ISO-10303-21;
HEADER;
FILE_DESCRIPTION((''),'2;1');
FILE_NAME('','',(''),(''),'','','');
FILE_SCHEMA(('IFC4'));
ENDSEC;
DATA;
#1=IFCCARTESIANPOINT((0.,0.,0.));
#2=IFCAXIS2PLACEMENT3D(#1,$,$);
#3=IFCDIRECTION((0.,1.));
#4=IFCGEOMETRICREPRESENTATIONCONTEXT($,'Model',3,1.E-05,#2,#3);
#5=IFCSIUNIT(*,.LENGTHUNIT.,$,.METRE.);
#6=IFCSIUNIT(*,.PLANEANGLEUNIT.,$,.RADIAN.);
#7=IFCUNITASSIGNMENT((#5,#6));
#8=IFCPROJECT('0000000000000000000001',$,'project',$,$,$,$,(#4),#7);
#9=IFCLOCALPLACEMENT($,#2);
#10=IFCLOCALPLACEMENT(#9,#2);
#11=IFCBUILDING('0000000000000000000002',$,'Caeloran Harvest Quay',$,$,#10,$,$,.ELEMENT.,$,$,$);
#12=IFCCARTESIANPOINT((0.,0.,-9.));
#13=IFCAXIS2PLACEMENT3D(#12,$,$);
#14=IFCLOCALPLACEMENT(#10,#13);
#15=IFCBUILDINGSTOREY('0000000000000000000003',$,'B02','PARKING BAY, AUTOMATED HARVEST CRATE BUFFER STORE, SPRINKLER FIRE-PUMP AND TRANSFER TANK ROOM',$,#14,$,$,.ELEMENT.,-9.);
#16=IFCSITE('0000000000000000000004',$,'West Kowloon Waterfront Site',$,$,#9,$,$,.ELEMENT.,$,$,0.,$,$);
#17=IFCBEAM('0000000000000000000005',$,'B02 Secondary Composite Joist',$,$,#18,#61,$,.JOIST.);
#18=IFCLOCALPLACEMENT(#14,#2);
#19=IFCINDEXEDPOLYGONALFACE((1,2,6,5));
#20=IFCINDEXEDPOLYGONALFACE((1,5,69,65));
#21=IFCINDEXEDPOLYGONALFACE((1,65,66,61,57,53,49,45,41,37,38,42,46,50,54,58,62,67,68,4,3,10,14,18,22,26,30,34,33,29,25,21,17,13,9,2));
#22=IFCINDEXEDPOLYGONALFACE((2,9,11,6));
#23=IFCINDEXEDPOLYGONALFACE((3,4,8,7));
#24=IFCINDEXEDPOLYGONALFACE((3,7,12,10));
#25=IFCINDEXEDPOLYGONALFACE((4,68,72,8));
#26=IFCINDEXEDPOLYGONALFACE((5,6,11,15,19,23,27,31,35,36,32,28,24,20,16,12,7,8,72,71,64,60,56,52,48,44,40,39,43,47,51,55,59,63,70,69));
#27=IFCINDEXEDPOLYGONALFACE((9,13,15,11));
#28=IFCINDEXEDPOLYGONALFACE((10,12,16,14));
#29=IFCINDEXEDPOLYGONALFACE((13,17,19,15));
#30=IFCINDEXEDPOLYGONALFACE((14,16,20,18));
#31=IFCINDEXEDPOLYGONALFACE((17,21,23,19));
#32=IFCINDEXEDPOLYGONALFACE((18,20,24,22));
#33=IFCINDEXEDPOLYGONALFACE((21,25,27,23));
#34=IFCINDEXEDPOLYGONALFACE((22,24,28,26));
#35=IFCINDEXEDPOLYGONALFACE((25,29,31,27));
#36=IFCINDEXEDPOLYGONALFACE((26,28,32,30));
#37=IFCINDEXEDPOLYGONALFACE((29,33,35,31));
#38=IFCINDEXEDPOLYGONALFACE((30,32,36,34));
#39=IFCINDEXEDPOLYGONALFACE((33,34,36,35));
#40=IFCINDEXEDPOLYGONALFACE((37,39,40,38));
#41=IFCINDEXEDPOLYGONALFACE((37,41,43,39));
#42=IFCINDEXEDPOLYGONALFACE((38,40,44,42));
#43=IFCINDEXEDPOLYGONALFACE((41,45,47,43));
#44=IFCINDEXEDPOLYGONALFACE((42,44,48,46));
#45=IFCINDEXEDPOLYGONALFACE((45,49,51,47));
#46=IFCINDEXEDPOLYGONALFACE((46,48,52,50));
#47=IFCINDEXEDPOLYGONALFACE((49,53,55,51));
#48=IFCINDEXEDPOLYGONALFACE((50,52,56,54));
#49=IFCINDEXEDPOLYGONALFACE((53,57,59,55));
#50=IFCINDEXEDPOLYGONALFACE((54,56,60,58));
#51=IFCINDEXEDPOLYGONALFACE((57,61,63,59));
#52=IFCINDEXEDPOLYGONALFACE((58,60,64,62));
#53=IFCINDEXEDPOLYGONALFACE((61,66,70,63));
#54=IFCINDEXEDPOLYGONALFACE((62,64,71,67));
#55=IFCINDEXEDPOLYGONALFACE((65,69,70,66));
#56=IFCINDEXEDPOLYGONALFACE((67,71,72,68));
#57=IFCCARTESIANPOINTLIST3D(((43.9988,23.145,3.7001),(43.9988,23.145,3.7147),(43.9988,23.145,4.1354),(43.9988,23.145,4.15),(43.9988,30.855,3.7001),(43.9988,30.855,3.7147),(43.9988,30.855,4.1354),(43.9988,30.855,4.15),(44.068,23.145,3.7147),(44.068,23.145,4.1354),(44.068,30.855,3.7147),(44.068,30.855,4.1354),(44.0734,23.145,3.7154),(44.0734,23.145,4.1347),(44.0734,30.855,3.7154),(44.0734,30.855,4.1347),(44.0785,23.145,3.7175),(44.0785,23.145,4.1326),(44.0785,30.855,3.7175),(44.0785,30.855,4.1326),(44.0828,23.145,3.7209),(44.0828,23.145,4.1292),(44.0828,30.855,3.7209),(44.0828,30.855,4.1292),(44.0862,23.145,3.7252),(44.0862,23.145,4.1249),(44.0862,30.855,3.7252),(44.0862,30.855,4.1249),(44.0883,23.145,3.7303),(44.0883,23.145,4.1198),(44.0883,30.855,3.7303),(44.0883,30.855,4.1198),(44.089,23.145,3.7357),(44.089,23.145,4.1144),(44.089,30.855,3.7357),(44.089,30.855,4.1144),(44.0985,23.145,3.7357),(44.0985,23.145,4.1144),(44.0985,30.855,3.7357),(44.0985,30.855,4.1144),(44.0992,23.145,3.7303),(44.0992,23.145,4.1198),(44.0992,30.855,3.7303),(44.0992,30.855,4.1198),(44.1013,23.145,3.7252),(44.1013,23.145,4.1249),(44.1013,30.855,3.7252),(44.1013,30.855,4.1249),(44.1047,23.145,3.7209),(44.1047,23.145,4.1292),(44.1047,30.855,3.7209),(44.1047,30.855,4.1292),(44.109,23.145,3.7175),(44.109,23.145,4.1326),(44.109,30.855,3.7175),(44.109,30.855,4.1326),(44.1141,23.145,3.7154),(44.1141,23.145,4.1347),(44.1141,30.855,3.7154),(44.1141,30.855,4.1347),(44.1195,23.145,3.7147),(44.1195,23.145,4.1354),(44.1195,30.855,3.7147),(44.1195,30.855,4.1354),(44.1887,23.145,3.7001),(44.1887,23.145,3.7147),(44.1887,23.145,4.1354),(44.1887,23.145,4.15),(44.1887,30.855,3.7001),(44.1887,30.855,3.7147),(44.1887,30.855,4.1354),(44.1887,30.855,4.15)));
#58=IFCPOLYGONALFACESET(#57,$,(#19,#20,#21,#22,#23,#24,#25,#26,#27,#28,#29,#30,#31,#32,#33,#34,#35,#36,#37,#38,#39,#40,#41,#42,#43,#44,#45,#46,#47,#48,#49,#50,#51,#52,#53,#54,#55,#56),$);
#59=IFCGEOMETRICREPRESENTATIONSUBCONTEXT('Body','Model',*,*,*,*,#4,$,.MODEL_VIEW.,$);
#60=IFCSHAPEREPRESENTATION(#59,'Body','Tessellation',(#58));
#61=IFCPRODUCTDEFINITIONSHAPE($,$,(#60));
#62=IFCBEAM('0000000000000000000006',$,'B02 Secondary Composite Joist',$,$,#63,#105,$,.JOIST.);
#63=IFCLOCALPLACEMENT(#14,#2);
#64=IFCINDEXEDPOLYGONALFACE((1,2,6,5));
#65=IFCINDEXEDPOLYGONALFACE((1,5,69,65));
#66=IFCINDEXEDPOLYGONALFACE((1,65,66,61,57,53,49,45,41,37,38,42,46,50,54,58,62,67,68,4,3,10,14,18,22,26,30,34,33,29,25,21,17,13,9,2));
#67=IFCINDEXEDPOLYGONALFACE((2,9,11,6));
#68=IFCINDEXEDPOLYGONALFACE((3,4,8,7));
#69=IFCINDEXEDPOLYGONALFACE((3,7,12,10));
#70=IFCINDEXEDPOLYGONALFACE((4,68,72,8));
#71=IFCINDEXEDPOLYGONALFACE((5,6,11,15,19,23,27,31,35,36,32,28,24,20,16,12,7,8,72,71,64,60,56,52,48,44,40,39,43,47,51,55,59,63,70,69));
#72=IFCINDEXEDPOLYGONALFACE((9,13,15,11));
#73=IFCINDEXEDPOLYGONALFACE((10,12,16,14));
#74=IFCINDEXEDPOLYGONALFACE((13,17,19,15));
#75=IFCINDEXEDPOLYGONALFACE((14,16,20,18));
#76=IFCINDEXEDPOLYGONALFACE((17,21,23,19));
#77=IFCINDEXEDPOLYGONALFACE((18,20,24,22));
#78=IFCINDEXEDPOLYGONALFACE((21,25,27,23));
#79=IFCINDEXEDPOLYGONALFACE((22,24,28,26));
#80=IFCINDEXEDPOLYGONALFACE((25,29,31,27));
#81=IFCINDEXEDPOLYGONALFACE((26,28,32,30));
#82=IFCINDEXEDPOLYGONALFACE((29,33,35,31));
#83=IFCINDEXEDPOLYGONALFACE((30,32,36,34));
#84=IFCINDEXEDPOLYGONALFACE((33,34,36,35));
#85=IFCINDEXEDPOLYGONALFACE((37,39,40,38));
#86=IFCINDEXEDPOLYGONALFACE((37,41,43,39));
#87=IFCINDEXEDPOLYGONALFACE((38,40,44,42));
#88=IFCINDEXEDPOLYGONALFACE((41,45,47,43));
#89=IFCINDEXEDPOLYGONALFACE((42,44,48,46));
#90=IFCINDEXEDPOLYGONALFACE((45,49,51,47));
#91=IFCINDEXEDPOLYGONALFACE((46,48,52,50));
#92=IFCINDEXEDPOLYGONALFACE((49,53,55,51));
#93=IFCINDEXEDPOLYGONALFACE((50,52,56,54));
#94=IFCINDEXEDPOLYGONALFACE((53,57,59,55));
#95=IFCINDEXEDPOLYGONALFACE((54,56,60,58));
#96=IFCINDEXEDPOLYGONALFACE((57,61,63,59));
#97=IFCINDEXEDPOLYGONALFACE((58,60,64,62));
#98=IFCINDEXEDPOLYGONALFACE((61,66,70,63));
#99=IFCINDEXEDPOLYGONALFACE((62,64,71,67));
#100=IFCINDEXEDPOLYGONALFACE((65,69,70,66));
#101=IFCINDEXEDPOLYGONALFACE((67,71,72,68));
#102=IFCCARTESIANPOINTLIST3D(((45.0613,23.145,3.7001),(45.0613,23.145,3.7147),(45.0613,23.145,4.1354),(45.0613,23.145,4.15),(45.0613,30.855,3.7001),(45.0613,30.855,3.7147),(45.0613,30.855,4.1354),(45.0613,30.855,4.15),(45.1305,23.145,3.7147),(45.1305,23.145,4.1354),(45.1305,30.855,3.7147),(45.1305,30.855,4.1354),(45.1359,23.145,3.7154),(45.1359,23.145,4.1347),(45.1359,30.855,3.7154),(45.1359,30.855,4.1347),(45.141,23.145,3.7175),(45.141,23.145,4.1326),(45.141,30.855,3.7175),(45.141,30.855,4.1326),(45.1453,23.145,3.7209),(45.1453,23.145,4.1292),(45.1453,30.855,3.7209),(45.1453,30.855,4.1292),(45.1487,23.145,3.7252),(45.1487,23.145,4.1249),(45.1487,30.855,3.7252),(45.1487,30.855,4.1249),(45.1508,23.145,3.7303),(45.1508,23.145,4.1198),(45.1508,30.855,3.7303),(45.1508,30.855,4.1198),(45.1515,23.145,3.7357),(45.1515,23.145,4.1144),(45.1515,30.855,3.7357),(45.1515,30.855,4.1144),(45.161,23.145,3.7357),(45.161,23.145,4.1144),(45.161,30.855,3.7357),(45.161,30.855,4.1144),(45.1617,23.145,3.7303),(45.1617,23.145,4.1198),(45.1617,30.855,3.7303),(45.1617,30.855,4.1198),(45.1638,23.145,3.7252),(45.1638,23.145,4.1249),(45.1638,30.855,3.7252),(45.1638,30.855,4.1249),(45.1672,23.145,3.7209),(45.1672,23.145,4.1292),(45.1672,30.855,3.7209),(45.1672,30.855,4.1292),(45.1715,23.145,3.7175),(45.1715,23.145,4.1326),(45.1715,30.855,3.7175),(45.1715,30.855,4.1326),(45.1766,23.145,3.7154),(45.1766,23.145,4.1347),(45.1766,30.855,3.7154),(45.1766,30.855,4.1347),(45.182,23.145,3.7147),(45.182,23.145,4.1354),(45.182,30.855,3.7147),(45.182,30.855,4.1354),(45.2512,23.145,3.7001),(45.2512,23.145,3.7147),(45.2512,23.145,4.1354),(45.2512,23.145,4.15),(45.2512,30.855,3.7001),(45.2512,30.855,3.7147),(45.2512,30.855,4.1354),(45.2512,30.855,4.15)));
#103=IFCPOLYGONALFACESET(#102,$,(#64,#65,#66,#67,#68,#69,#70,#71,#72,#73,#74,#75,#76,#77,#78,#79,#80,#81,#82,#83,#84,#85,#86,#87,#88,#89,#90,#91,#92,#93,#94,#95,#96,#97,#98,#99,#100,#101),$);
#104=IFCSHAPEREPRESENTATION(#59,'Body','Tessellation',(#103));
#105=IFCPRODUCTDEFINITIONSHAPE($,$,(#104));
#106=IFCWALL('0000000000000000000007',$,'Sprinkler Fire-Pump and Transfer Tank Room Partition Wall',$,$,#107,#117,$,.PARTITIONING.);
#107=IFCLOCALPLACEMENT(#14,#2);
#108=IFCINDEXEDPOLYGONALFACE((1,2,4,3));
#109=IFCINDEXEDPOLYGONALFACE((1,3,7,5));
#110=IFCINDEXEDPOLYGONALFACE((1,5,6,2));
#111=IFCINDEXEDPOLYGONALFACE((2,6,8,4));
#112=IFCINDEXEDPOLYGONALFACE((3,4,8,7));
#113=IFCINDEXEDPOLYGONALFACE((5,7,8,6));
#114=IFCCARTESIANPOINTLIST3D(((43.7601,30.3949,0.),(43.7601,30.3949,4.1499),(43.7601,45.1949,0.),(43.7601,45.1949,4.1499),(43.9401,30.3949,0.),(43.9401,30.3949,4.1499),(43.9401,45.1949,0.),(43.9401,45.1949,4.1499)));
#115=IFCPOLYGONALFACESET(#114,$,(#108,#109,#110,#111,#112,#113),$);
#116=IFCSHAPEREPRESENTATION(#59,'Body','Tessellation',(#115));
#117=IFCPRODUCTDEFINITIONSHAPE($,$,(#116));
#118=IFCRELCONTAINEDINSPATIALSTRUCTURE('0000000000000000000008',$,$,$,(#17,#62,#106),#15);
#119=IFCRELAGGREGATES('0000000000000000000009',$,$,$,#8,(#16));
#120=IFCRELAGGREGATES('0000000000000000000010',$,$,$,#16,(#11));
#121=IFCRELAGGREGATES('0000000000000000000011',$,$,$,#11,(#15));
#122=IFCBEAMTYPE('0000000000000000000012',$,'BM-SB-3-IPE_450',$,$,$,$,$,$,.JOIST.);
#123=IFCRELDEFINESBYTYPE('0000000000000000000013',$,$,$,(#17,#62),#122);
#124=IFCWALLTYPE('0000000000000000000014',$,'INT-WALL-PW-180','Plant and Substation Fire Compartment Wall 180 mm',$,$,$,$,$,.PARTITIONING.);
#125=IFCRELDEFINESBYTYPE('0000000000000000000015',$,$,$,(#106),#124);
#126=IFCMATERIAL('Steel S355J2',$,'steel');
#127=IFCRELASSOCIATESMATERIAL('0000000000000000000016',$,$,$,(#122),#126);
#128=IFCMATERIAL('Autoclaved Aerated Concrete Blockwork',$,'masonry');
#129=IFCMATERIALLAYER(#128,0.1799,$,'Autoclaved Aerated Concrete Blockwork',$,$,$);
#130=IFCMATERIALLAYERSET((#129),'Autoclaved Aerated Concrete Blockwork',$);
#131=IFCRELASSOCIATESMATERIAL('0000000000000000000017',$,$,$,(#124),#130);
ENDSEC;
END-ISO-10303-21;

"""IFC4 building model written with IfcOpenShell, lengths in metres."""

from ifc_helpers import new_model, si_unit, direction, frame, frame_2d, origin, origin_2d, place, context, subcontext, project, spatial, rectangle, i_section, extrude, material, layer, layer_set, material_profile, profile_set, type_object, element, save


model = new_model("IFC4")

# Units and contexts
model_context = context("Model", 3, precision=1e-05, world=origin(), true_north=direction((0.0, 1.0)))
body_context = subcontext(model_context, "Body", "Model", "MODEL_VIEW")
ifc_project = project(units=[si_unit("LENGTHUNIT", "METRE"), si_unit("PLANEANGLEUNIT", "RADIAN")], contexts=[model_context])

# Site, building, storey
site_placement = place(None, origin())
site = spatial("IfcSite", under=ifc_project, at=site_placement, Name="West Kowloon Waterfront Site", CompositionType="ELEMENT", RefElevation=0.0)
building_placement = place(site_placement, origin())
building = spatial("IfcBuilding", under=site, at=building_placement, Name="Caeloran Harvest Quay", CompositionType="ELEMENT")
storey_placement = place(building_placement, frame((0.0, 0.0, -9.0)))
storey = spatial("IfcBuildingStorey", under=building, at=storey_placement, Name="B02", Description="PARKING BAY, AUTOMATED HARVEST CRATE BUFFER STORE, SPRINKLER FIRE-PUMP AND TRANSFER TANK ROOM", CompositionType="ELEMENT", Elevation=-9.0)

# Beams
ifc_material_1 = material(Name="Steel S355J2", Category="steel")
ifc_material_profile_1 = material_profile(ifc_material_1, i_section(OverallWidth=0.1899, OverallDepth=0.45, WebThickness=0.0095, FlangeThickness=0.0146, FilletRadius=0.021, at=origin_2d()), Name="IPE 450")
ifc_profile_set_1 = profile_set([ifc_material_profile_1], Name="Steel S355J2")
beam_type_1 = type_object("IfcBeamType", Name="BM-SB-3-IPE_450", PredefinedType="JOIST", material=ifc_profile_set_1)
for number, where, z_axis, x_axis, name in (
    (1, (44.0938, 23.145, 3.925), (0.0, 1.0, 0.0), (-1.0, 0.0, 0.0), "B02 Secondary Composite Joist"),
    (2, (45.1562, 23.145, 3.925), (0.0, 1.0, 0.0), (-1.0, 0.0, 0.0), "B02 Secondary Composite Joist"),
):
    element("IfcBeam", number, at=place(storey_placement, frame(where, z_axis=z_axis, x_axis=x_axis)), inside=storey, type_object=beam_type_1, Name=name, PredefinedType="JOIST", context=body_context, shape_type="SweptSolid", body=[
        extrude(i_section(OverallWidth=0.1899, OverallDepth=0.45, WebThickness=0.0095, FlangeThickness=0.0146, FilletRadius=0.021, at=origin_2d()), origin(), (0.0, 0.0, 1.0), 7.71),
    ])

# Wall
ifc_material_2 = material(Name="Autoclaved Aerated Concrete Blockwork", Category="masonry")
ifc_layer = layer(ifc_material_2, 0.1799, Name="Autoclaved Aerated Concrete Blockwork")
ifc_layer_set = layer_set([ifc_layer], Name="Autoclaved Aerated Concrete Blockwork")
wall_type = type_object("IfcWallType", Name="INT-WALL-PW-180", Description="Plant and Substation Fire Compartment Wall 180 mm", PredefinedType="PARTITIONING", material=ifc_layer_set)
wall_placement = place(storey_placement, frame((43.8501, 30.395, 0.0), z_axis=(0.0, 0.0, 1.0), x_axis=(0.0, 1.0, 0.0)))
element("IfcWall", 3, at=wall_placement, inside=storey, type_object=wall_type, Name="Sprinkler Fire-Pump and Transfer Tank Room Partition Wall", PredefinedType="PARTITIONING", context=body_context, shape_type="SweptSolid", body=[
    extrude(rectangle(XDim=14.8, YDim=0.1799, at=frame_2d((7.3999, 0.0))), origin(), (0.0, 0.0, 1.0), 4.1499),
])

save(model, "model.ifc")
